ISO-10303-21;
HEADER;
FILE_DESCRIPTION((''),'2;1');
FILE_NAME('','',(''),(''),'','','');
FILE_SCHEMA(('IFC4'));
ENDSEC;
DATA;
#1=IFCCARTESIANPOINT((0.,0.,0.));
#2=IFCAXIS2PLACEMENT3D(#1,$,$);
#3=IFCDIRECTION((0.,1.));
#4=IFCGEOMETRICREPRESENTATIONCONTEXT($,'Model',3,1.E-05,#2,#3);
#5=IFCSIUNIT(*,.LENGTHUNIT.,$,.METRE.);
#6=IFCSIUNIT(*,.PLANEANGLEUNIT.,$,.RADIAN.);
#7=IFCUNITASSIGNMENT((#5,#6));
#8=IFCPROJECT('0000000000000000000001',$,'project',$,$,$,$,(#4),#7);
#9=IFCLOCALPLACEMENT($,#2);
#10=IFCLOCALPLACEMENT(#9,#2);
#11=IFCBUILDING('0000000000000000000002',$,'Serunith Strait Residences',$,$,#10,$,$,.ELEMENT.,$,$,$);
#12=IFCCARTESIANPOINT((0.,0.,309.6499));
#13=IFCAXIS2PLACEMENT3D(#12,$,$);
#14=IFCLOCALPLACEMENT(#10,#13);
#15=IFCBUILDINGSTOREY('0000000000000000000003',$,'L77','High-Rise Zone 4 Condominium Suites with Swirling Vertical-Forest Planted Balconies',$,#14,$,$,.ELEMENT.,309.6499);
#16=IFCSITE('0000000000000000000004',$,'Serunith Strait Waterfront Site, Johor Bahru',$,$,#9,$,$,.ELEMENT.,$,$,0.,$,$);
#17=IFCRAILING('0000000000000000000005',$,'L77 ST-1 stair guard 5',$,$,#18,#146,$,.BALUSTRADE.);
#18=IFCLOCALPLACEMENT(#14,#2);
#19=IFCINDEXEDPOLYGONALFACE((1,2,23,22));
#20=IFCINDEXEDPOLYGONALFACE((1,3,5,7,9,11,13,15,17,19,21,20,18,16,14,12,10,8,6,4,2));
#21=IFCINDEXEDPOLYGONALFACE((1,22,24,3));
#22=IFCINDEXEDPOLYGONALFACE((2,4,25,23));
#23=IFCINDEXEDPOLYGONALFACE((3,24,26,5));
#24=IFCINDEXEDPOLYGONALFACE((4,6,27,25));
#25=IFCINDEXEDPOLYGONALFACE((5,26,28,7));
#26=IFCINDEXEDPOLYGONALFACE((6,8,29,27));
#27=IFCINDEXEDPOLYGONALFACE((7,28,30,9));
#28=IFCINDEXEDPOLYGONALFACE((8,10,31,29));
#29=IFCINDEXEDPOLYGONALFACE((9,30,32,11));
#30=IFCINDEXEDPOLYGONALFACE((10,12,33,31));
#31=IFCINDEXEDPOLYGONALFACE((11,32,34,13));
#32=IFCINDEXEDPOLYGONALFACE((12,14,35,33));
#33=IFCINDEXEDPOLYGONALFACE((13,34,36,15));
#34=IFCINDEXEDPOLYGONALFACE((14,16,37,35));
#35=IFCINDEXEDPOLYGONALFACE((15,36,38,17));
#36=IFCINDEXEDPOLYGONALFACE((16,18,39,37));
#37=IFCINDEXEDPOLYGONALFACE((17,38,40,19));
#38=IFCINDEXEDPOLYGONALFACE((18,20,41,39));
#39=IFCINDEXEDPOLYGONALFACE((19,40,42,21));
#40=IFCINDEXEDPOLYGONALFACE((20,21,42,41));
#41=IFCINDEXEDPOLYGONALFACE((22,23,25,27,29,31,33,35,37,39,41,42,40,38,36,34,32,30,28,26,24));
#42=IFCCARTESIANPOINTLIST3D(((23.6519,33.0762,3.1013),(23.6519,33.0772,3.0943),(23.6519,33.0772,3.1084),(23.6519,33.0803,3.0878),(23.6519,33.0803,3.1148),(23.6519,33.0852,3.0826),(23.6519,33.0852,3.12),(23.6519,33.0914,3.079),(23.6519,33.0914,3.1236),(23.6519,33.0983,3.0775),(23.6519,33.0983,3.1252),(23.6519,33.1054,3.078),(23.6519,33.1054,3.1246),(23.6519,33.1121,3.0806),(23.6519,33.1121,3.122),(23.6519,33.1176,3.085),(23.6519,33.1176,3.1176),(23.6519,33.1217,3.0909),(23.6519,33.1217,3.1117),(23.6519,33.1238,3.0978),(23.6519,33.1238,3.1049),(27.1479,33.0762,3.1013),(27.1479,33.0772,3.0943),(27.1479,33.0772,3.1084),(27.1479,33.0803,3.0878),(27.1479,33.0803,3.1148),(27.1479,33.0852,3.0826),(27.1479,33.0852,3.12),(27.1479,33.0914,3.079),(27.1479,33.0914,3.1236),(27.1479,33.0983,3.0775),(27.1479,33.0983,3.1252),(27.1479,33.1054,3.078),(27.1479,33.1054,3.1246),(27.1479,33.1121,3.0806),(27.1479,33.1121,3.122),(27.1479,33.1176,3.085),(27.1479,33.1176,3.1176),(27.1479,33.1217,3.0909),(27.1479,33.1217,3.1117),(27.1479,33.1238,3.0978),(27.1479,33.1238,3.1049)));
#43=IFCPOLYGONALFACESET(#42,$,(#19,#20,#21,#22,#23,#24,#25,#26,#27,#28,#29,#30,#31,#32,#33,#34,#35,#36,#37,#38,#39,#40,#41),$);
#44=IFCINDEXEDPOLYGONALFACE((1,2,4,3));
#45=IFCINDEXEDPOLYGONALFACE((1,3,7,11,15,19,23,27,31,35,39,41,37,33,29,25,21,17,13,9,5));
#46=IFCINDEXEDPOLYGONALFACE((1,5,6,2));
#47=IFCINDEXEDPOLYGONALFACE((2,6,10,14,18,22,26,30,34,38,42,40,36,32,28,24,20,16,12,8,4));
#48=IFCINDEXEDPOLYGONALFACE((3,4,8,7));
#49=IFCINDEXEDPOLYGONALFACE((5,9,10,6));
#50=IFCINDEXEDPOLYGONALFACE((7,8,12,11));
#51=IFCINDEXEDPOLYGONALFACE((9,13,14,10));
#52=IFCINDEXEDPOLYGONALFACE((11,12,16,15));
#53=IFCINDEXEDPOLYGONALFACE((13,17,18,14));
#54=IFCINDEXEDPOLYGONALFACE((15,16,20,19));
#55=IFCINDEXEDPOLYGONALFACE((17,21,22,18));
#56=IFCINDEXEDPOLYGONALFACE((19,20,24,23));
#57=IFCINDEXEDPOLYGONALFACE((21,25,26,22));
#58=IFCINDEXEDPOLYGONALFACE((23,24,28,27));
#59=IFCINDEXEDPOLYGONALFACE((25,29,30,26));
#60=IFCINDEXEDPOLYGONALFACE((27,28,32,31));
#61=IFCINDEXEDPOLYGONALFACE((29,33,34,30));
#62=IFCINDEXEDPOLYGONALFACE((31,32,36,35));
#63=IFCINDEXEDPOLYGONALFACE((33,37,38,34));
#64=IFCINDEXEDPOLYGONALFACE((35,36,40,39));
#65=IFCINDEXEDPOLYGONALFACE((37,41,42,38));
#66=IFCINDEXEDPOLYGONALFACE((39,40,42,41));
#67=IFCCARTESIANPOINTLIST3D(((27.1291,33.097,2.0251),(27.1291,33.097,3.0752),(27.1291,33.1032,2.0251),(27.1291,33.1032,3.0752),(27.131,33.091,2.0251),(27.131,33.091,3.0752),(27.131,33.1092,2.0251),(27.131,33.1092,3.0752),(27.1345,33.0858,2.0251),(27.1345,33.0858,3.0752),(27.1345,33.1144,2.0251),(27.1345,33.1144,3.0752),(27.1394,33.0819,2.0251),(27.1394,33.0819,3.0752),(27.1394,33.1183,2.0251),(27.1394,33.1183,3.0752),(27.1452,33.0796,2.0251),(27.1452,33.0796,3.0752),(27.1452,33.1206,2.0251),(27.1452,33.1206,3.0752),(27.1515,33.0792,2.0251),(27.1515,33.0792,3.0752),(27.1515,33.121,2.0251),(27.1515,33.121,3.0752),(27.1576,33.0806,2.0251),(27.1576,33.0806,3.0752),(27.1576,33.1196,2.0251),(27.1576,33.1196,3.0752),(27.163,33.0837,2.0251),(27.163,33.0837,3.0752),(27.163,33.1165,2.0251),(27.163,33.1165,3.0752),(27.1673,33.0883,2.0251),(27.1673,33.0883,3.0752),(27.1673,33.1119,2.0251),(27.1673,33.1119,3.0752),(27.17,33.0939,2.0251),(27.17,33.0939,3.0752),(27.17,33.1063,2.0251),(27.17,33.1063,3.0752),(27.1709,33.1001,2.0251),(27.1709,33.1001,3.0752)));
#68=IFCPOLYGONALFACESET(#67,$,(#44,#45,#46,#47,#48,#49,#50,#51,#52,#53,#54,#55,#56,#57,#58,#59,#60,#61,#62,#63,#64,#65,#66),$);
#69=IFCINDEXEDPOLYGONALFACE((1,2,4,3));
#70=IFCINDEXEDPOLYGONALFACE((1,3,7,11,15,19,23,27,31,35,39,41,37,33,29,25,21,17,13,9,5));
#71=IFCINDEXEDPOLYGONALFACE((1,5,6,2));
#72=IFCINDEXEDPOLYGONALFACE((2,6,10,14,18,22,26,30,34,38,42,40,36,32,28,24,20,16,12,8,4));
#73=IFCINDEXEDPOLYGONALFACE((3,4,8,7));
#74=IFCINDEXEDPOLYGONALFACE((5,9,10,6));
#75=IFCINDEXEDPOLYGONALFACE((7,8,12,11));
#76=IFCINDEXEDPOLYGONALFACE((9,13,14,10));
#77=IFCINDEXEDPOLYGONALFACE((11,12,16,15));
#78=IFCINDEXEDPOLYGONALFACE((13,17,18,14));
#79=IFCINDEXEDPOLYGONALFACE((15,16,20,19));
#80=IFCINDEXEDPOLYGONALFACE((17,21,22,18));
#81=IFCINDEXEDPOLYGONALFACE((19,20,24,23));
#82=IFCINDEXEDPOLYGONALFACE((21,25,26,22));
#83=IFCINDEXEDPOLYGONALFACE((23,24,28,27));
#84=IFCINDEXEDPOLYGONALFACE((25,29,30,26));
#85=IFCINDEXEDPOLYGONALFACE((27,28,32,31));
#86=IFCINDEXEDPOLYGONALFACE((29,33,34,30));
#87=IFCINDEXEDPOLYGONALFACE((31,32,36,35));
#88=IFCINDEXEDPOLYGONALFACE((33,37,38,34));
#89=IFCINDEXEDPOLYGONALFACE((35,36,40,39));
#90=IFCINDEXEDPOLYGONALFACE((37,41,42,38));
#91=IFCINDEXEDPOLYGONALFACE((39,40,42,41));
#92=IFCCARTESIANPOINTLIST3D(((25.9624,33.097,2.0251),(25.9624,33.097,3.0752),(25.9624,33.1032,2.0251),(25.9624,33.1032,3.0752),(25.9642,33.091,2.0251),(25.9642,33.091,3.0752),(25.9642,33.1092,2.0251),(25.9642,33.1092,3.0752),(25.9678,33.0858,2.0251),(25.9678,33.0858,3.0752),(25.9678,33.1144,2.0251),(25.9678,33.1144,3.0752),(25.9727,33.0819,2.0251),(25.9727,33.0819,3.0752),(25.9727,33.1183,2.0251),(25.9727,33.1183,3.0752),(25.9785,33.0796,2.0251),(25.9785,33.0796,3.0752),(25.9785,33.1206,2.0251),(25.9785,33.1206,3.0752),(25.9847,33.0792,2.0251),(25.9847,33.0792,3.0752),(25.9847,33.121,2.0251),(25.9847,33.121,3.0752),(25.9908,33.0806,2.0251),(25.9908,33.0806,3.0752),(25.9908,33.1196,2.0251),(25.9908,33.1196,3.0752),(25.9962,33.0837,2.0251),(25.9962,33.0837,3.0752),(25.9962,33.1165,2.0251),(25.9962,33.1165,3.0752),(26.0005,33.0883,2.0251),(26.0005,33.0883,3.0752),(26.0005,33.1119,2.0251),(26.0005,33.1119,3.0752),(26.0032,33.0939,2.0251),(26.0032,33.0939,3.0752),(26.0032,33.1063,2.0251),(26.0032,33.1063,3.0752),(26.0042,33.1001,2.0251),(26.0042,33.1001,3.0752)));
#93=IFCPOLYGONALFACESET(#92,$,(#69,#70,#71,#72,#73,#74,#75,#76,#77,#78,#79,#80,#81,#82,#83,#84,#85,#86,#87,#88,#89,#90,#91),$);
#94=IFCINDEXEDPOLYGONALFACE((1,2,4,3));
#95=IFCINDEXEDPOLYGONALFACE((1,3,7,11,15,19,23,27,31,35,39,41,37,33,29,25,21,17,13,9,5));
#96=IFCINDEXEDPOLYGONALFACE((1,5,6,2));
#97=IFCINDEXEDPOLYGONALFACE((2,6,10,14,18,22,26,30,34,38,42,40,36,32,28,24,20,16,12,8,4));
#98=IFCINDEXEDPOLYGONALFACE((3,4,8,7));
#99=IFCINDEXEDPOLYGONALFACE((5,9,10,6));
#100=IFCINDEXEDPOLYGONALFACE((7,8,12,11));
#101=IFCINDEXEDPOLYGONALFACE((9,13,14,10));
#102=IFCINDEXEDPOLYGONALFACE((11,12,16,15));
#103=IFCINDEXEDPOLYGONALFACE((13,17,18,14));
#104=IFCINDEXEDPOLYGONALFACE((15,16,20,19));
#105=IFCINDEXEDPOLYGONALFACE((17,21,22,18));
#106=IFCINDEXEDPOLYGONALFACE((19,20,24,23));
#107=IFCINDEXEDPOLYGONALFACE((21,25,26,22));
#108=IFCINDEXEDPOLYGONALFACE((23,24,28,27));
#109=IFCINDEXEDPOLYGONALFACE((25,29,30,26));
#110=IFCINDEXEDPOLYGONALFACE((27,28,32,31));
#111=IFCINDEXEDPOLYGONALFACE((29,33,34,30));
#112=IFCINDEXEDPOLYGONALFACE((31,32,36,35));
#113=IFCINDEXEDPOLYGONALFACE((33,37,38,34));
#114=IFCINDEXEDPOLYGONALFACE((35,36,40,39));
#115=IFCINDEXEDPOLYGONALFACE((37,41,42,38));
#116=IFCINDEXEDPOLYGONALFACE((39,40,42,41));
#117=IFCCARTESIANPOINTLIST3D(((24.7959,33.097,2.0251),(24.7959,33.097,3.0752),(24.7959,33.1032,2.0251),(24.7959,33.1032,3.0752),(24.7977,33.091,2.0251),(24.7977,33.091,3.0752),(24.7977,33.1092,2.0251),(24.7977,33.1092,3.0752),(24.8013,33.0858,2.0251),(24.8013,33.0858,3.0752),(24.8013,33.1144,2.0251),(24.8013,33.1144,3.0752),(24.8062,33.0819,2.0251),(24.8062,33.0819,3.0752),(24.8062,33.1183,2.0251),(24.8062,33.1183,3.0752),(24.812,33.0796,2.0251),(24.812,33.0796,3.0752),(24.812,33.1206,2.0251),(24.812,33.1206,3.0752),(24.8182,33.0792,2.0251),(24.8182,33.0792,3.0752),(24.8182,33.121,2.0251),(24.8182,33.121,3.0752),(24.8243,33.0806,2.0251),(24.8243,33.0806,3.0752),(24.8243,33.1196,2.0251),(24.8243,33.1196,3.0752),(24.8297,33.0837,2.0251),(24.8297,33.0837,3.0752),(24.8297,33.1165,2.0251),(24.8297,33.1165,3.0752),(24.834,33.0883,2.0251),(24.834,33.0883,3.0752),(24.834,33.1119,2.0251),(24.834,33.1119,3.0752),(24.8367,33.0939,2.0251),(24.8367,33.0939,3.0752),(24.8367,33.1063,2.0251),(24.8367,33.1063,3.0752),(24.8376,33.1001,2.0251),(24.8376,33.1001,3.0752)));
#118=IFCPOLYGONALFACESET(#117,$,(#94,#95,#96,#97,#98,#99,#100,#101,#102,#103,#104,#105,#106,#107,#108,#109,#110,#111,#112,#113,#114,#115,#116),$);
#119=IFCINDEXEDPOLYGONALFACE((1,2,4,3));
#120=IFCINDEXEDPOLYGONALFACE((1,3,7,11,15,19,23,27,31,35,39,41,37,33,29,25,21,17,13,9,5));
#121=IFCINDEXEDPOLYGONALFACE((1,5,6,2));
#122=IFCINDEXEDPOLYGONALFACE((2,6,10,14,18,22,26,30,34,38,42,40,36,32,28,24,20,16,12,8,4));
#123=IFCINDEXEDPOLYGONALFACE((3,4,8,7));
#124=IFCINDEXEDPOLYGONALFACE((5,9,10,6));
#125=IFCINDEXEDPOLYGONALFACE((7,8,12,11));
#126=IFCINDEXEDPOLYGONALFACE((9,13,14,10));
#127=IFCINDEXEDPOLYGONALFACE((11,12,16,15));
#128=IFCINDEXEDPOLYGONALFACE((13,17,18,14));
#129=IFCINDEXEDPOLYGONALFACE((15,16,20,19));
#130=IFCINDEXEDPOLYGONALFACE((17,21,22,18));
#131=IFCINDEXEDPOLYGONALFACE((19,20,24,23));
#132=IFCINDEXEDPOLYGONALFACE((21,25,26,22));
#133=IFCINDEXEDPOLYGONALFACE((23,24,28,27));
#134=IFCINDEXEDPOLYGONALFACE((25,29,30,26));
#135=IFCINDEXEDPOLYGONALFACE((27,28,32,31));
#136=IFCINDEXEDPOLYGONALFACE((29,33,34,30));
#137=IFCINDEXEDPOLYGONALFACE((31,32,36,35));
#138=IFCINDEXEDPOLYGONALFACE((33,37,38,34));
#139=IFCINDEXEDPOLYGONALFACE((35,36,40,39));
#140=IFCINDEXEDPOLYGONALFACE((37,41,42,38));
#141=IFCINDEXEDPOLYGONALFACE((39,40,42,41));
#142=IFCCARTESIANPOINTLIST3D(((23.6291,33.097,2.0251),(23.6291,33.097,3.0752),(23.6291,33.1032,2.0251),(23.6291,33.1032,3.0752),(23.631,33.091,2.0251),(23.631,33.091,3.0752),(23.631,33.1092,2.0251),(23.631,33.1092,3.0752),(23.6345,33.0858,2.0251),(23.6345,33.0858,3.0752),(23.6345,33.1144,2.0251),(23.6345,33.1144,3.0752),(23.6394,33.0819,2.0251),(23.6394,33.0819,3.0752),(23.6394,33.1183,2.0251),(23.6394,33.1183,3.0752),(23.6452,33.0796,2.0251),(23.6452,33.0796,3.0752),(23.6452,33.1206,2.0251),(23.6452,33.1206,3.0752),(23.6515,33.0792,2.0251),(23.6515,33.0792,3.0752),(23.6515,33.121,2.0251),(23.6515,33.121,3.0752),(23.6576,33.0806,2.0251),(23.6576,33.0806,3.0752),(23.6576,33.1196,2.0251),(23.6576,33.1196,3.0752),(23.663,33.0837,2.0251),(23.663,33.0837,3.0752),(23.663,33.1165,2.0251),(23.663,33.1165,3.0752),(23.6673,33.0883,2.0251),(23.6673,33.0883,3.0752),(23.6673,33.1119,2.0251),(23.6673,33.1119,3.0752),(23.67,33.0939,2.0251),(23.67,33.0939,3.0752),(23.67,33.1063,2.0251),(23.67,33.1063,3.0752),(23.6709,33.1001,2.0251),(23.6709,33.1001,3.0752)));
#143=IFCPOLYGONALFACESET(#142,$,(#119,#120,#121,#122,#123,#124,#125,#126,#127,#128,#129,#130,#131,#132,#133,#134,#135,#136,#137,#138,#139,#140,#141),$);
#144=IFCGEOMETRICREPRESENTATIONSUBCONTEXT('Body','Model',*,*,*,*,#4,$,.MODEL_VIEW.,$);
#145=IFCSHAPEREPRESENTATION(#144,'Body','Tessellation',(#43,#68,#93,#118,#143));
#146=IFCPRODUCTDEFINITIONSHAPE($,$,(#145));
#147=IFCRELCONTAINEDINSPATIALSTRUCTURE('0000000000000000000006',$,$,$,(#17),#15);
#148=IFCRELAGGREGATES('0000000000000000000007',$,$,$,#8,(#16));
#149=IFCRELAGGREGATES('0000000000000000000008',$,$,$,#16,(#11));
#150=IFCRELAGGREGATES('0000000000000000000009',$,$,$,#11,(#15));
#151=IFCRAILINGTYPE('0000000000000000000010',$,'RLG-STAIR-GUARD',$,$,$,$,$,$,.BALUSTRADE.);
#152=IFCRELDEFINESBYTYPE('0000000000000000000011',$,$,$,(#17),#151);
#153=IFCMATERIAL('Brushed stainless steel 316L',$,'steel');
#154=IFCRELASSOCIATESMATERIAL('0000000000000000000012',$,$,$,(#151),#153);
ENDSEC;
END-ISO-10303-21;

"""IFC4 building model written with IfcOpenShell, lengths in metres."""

from ifc_helpers import new_model, si_unit, direction, frame, origin, origin_2d, place, context, subcontext, project, spatial, circle, extrude, material, type_object, element, save


model = new_model("IFC4")

# Units and contexts
model_context = context("Model", 3, precision=1e-05, world=origin(), true_north=direction((0.0, 1.0)))
body_context = subcontext(model_context, "Body", "Model", "MODEL_VIEW")
ifc_project = project(units=[si_unit("LENGTHUNIT", "METRE"), si_unit("PLANEANGLEUNIT", "RADIAN")], contexts=[model_context])

# Site, building, storey
site_placement = place(None, origin())
site = spatial("IfcSite", under=ifc_project, at=site_placement, Name="Serunith Strait Waterfront Site, Johor Bahru", CompositionType="ELEMENT", RefElevation=0.0)
building_placement = place(site_placement, origin())
building = spatial("IfcBuilding", under=site, at=building_placement, Name="Serunith Strait Residences", CompositionType="ELEMENT")
storey_placement = place(building_placement, frame((0.0, 0.0, 309.6499)))
storey = spatial("IfcBuildingStorey", under=building, at=storey_placement, Name="L77", Description="High-Rise Zone 4 Condominium Suites with Swirling Vertical-Forest Planted Balconies", CompositionType="ELEMENT", Elevation=309.6499)

# Railing
ifc_material_1 = material(Name="Brushed stainless steel 316L", Category="steel")
railing_type_1 = type_object("IfcRailingType", Name="RLG-STAIR-GUARD", PredefinedType="BALUSTRADE", material=ifc_material_1)
railing_1_placement = place(storey_placement, frame((27.1499, 33.1001, 2.0251)))
element("IfcRailing", 1, at=railing_1_placement, inside=storey, type_object=railing_type_1, Name="L77 ST-1 stair guard 5", PredefinedType="BALUSTRADE", context=body_context, shape_type="SweptSolid", body=[
    extrude(circle(Radius=0.0239, at=origin_2d()), frame((-0.002, 0.0, 1.0762), z_axis=(-1.0, 0.0, 0.0), x_axis=(0.0, -1.0, 0.0)), (0.0, 0.0, 1.0), 3.4961),
    extrude(circle(Radius=0.021, at=origin_2d()), origin(), (0.0, 0.0, 1.0), 1.05),
    extrude(circle(Radius=0.021, at=origin_2d()), frame((-1.1667, 0.0, 0.0)), (0.0, 0.0, 1.0), 1.05),
    extrude(circle(Radius=0.021, at=origin_2d()), frame((-2.3333, 0.0, 0.0)), (0.0, 0.0, 1.0), 1.05),
    extrude(circle(Radius=0.021, at=origin_2d()), frame((-3.5, 0.0, 0.0)), (0.0, 0.0, 1.0), 1.05),
])

save(model, "model.ifc")
